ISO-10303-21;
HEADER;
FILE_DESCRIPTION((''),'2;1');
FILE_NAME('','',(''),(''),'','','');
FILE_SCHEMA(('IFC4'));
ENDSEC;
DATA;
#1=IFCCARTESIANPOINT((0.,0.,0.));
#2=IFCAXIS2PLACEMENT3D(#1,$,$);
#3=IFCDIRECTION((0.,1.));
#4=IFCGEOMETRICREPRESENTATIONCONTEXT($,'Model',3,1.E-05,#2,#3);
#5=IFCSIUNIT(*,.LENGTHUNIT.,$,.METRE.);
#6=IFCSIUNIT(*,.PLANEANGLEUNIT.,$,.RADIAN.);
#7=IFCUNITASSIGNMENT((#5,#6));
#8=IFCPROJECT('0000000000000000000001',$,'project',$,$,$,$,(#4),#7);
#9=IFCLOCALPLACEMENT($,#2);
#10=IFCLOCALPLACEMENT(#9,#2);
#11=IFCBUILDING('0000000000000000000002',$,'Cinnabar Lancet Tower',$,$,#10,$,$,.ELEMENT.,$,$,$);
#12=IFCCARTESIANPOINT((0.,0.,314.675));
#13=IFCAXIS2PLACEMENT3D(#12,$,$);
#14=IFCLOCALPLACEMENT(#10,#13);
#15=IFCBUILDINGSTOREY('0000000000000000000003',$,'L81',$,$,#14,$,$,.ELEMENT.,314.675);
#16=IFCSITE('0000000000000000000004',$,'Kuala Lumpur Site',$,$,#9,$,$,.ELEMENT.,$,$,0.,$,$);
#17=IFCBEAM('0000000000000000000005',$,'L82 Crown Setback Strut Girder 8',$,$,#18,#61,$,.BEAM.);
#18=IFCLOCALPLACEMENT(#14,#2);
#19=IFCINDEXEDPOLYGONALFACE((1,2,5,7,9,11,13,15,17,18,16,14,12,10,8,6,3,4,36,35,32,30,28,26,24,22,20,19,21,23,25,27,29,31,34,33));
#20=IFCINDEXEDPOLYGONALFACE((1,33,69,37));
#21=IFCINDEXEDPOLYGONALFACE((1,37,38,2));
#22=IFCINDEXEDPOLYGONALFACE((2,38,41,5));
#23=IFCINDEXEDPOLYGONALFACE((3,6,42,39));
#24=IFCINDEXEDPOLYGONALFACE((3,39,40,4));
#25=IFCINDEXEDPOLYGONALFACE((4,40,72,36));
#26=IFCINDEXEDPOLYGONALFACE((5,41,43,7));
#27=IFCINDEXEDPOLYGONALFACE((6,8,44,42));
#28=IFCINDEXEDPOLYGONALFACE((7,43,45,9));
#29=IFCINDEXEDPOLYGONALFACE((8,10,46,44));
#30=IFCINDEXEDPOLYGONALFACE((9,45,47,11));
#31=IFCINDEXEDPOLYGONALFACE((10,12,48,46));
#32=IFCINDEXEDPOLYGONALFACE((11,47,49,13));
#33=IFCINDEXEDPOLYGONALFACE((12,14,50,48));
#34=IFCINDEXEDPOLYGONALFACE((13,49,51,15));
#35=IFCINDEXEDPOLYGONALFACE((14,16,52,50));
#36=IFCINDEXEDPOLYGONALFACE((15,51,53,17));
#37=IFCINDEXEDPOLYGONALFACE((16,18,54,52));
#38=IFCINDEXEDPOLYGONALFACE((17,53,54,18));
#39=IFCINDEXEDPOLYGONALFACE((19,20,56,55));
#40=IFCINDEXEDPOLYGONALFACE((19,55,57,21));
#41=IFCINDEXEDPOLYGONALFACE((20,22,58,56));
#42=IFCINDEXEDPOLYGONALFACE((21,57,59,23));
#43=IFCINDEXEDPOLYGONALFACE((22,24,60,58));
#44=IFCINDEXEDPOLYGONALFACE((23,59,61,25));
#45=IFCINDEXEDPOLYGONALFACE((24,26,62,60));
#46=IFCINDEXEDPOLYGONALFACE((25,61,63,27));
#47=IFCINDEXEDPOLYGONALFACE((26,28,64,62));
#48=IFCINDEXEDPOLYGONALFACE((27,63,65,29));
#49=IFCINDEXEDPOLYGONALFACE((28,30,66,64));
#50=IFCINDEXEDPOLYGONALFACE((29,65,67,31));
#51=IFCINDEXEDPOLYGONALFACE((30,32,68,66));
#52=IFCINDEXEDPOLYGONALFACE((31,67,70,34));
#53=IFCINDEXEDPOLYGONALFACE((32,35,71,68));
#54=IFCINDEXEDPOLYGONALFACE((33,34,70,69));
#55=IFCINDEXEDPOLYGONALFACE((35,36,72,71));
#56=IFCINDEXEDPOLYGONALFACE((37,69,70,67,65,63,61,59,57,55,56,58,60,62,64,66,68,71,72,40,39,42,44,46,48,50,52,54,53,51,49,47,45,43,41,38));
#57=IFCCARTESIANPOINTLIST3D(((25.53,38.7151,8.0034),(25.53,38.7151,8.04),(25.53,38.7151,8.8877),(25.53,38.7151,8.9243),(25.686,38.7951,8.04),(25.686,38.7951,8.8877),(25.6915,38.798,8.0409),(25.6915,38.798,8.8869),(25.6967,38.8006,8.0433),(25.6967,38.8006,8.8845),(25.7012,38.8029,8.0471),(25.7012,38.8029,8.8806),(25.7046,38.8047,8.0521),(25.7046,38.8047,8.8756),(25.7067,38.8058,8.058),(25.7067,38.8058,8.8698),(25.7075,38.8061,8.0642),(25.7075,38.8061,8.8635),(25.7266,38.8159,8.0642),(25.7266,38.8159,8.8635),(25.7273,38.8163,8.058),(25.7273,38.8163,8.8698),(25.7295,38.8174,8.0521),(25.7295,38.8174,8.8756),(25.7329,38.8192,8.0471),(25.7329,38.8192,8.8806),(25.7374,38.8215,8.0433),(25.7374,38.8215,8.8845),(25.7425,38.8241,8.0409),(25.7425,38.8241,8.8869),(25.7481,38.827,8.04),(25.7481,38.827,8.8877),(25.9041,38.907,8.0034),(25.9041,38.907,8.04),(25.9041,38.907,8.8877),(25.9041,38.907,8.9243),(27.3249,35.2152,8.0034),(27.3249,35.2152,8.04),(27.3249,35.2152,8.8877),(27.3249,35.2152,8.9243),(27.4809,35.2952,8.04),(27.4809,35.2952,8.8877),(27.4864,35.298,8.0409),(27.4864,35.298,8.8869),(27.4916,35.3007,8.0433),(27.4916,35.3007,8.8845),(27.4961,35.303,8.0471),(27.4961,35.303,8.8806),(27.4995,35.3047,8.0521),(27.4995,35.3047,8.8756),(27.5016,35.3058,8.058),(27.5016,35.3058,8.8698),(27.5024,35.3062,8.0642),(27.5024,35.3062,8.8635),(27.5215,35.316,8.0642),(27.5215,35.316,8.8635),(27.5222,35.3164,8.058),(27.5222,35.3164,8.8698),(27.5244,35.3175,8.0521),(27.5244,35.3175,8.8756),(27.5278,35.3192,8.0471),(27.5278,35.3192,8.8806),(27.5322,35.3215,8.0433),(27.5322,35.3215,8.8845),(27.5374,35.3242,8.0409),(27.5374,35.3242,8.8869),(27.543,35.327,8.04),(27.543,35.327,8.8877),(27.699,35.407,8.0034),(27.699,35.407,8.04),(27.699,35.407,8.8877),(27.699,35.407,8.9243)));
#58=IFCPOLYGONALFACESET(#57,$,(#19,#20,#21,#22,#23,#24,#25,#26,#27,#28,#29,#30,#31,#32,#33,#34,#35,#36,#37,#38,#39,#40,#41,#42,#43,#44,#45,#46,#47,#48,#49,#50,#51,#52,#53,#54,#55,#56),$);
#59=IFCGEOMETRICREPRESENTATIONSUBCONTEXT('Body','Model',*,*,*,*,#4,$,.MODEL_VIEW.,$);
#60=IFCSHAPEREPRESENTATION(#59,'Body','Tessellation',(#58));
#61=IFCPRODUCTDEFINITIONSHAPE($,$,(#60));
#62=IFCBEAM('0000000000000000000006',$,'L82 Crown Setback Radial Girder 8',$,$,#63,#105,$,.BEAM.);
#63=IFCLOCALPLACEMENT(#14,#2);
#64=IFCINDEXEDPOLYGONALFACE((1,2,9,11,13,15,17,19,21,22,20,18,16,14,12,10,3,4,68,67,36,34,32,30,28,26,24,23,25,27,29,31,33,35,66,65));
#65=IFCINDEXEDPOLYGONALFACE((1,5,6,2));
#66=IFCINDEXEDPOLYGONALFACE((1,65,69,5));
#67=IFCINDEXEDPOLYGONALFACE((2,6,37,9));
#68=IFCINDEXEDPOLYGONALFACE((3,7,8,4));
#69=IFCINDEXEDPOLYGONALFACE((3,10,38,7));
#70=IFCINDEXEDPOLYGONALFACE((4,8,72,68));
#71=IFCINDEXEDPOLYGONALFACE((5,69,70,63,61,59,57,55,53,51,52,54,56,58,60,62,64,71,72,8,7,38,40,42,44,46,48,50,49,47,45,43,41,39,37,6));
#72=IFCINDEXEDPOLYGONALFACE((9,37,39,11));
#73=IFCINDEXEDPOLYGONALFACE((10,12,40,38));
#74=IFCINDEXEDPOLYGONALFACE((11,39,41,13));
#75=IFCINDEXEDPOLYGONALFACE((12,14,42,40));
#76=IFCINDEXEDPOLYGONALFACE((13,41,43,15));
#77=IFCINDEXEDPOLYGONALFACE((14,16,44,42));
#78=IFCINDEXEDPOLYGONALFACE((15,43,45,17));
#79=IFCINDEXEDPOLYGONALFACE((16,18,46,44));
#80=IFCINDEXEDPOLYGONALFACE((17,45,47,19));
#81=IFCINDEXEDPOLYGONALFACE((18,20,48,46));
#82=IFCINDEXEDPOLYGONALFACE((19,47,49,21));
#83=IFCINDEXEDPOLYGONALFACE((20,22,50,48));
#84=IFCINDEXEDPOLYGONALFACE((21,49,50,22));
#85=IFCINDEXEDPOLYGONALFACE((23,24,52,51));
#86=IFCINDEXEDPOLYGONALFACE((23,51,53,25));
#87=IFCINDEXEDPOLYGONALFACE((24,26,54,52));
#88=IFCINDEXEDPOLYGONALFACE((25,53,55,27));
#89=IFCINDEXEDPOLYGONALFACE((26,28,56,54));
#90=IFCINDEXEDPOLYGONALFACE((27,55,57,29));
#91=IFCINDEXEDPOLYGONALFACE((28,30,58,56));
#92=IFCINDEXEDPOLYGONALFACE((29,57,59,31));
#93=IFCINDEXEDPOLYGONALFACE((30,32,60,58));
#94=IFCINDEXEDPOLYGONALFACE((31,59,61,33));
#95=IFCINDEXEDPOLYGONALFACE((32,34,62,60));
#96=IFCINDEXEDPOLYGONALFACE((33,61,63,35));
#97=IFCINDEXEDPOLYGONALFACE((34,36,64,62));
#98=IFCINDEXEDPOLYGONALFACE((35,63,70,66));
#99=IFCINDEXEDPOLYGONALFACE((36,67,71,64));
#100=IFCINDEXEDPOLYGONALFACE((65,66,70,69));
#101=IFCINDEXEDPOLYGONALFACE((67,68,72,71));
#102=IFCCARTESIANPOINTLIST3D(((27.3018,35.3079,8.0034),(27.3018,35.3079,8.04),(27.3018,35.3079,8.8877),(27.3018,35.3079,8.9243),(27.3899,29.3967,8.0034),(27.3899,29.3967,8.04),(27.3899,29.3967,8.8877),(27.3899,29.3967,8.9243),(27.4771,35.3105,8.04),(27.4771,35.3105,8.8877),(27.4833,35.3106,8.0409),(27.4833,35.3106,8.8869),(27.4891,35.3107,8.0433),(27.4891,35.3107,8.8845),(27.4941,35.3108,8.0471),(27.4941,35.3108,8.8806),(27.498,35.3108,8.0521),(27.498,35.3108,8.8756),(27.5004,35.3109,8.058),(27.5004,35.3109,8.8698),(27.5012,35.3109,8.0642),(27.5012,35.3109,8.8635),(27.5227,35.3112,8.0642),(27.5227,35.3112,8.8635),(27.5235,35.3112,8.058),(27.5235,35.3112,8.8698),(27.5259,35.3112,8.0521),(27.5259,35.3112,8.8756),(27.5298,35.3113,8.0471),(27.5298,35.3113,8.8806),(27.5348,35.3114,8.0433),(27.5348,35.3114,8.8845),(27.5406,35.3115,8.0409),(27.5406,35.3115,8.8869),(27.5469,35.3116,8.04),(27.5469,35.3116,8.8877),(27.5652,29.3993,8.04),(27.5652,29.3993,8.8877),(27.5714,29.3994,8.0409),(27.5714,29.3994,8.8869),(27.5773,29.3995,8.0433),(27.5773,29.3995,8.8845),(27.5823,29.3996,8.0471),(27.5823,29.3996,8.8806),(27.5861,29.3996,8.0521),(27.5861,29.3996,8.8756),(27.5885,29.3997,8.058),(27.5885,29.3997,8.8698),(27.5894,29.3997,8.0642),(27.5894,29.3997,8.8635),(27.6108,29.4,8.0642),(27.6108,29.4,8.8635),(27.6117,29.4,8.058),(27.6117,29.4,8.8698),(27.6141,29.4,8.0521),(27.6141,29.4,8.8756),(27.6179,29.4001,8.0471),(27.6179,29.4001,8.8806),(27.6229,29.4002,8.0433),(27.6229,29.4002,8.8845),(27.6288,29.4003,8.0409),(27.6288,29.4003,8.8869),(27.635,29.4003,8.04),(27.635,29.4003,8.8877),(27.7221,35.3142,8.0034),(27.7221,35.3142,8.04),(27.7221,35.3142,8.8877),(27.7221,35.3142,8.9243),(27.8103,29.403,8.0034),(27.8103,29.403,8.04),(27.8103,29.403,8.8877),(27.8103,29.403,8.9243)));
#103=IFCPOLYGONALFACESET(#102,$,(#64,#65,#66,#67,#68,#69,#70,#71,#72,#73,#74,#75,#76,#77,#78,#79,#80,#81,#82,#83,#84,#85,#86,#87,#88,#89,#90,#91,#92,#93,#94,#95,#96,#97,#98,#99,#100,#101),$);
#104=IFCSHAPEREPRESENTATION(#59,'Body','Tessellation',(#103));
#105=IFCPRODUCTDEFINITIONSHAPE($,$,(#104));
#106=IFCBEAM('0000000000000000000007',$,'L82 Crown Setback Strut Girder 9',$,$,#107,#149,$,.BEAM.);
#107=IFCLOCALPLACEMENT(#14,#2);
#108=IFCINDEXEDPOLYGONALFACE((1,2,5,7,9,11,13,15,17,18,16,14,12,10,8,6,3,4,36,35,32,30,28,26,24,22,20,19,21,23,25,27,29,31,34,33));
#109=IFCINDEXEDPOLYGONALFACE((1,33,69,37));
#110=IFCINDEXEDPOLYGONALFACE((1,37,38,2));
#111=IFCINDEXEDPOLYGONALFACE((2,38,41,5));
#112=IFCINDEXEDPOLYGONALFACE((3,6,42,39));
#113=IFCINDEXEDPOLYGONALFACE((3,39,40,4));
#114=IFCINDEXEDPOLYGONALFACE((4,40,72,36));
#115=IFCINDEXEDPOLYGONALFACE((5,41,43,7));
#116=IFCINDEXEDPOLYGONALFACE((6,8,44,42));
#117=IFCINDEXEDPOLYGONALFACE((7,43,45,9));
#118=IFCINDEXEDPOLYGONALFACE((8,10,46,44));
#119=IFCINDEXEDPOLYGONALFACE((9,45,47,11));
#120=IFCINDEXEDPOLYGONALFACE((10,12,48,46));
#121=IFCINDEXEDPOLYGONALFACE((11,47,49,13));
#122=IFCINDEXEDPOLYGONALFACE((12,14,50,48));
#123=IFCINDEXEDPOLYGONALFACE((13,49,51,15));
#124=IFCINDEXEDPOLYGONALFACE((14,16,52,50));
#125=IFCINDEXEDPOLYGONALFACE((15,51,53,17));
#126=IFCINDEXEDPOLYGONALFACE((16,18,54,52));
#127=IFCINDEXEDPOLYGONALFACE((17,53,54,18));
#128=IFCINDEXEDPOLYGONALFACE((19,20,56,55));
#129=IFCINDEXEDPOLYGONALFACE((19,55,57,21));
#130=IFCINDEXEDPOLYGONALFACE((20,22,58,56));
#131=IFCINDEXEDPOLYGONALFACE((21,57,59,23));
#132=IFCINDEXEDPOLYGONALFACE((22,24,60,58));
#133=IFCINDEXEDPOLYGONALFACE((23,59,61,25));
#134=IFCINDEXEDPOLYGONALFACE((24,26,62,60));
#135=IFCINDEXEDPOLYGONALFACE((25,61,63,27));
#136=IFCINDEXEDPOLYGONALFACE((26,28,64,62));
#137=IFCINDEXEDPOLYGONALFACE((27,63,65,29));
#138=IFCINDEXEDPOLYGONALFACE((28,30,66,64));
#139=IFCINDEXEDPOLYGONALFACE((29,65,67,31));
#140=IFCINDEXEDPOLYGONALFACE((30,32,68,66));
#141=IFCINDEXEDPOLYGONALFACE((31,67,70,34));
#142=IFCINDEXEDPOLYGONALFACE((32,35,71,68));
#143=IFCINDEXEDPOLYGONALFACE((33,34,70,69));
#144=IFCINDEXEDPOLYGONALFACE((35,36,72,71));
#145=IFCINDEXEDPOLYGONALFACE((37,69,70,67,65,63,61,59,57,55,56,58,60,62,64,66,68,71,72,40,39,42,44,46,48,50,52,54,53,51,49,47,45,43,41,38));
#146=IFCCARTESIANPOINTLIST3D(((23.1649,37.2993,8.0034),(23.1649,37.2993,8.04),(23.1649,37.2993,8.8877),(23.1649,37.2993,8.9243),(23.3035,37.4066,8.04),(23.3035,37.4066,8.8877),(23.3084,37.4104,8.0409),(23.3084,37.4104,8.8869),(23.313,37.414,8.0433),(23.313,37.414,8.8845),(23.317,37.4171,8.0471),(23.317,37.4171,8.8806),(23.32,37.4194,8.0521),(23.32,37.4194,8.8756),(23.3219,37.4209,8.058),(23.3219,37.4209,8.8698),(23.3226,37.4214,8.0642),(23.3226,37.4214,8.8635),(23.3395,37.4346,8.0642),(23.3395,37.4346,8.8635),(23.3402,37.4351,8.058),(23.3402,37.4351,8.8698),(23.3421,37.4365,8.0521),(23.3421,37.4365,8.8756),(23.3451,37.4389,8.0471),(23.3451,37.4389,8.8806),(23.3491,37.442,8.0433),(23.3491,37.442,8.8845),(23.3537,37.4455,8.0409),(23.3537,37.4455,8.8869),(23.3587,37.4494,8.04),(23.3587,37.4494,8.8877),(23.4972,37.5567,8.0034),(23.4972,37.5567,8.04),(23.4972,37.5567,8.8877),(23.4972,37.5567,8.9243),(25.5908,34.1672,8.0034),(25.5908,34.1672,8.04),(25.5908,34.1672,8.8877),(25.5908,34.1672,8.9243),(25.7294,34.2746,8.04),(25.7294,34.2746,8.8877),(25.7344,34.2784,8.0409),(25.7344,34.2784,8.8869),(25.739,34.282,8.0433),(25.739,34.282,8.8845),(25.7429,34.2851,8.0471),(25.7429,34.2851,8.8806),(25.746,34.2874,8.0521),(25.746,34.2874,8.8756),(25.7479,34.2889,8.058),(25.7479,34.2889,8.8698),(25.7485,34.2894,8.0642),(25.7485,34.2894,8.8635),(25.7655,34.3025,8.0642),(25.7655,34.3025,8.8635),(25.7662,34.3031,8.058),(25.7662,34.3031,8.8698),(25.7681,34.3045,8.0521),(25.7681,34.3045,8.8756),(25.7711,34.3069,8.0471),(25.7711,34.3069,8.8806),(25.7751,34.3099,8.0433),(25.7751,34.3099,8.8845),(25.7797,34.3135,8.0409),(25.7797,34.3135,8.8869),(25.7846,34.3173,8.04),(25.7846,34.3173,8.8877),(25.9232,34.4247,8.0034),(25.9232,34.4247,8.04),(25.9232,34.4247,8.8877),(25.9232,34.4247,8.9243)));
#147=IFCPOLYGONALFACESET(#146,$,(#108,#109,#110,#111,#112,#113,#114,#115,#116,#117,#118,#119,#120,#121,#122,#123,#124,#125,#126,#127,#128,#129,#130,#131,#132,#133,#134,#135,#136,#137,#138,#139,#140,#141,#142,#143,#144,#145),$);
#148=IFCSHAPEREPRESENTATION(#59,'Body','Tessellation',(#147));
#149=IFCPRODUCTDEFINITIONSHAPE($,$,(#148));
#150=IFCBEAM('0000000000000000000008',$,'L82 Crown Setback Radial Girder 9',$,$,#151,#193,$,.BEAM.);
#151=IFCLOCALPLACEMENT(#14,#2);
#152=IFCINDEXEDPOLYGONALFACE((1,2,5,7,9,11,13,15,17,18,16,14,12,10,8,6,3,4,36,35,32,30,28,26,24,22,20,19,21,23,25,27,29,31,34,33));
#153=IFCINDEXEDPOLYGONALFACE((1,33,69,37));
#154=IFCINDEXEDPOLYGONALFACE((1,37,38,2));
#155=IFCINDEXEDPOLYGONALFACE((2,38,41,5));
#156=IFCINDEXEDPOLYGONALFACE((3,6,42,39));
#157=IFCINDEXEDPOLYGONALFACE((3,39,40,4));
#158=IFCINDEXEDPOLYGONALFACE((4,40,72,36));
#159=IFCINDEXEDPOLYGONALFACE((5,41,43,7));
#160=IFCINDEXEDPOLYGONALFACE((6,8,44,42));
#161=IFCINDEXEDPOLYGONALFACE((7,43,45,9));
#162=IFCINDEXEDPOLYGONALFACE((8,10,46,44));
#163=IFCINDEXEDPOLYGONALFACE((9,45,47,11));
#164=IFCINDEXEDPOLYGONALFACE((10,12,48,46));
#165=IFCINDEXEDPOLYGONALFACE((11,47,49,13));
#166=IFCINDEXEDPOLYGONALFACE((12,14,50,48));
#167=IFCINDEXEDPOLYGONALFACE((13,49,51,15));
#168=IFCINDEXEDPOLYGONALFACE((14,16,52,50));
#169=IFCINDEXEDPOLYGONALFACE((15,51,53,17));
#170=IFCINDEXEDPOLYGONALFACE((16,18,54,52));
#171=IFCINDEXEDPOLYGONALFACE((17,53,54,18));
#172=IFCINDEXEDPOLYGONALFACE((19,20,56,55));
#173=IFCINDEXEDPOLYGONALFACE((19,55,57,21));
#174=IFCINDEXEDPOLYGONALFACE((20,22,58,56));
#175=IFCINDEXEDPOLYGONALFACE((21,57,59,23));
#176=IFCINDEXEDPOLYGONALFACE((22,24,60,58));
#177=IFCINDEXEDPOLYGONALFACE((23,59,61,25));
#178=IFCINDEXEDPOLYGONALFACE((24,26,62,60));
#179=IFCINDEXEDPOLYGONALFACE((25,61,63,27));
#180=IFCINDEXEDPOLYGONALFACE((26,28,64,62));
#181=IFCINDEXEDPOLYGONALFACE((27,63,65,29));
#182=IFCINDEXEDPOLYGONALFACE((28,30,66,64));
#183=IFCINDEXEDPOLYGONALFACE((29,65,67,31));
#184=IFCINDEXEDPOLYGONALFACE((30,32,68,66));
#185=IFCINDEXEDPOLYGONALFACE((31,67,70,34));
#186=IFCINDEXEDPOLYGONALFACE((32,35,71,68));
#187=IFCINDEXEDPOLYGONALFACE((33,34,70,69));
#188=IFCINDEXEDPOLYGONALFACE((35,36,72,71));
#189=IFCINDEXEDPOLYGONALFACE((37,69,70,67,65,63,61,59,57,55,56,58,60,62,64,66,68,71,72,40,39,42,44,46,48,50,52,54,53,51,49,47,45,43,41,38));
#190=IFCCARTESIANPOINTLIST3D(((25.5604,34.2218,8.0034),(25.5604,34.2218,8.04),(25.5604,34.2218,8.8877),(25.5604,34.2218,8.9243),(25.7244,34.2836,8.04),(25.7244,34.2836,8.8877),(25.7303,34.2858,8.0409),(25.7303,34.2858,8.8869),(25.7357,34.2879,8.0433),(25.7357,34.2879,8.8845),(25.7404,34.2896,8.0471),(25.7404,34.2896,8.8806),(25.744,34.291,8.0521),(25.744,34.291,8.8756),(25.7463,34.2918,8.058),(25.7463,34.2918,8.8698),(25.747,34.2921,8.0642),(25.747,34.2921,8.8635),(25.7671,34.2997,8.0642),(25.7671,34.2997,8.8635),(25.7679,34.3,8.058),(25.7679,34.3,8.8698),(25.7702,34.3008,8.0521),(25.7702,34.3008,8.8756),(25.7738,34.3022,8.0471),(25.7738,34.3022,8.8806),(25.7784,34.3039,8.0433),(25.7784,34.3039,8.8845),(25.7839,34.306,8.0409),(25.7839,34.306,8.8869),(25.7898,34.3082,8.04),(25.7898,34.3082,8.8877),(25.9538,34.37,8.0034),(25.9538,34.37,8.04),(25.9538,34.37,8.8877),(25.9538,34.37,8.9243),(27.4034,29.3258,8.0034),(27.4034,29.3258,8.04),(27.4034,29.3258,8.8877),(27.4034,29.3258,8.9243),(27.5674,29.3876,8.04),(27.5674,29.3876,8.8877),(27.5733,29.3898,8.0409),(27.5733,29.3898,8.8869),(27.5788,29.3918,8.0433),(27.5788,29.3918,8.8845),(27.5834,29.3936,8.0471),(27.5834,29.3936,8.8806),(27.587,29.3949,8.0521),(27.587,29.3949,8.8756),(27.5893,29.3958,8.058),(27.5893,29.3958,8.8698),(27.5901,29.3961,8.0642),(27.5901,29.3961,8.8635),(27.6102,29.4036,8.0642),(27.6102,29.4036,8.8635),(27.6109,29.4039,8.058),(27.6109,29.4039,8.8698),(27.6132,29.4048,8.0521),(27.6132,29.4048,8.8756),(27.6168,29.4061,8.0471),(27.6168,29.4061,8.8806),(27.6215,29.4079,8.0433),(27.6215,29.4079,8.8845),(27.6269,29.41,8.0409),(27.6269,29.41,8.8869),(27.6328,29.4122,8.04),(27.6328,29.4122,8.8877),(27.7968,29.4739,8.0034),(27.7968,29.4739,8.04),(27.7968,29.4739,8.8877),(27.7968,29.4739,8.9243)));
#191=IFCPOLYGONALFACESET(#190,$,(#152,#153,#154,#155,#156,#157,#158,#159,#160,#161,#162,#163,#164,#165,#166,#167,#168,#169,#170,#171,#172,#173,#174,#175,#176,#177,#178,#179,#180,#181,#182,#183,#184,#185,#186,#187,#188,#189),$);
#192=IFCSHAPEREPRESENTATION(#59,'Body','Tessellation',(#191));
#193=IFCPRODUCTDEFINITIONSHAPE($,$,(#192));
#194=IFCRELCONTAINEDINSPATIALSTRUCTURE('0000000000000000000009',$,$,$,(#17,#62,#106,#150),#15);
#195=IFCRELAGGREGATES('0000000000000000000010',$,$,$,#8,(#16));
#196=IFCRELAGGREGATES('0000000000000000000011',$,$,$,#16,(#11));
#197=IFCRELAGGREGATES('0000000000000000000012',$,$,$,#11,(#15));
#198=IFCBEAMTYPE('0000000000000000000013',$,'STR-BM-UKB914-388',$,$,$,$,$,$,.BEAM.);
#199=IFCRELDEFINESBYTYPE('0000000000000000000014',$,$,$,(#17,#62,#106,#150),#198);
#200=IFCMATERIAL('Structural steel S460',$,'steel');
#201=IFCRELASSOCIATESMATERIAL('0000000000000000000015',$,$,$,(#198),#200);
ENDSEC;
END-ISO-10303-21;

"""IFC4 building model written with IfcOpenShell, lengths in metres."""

from ifc_helpers import new_model, si_unit, direction, frame, origin, origin_2d, place, context, subcontext, project, spatial, i_section, extrude, material, material_profile, profile_set, type_object, element, save


model = new_model("IFC4")

# Units and contexts
model_context = context("Model", 3, precision=1e-05, world=origin(), true_north=direction((0.0, 1.0)))
body_context = subcontext(model_context, "Body", "Model", "MODEL_VIEW")
ifc_project = project(units=[si_unit("LENGTHUNIT", "METRE"), si_unit("PLANEANGLEUNIT", "RADIAN")], contexts=[model_context])

# Site, building, storey
site_placement = place(None, origin())
site = spatial("IfcSite", under=ifc_project, at=site_placement, Name="Kuala Lumpur Site", CompositionType="ELEMENT", RefElevation=0.0)
building_placement = place(site_placement, origin())
building = spatial("IfcBuilding", under=site, at=building_placement, Name="Cinnabar Lancet Tower", CompositionType="ELEMENT")
storey_placement = place(building_placement, frame((0.0, 0.0, 314.675)))
storey = spatial("IfcBuildingStorey", under=building, at=storey_placement, Name="L81", CompositionType="ELEMENT", Elevation=314.675)

# Beams
ifc_material_1 = material(Name="Structural steel S460", Category="steel")
ifc_material_profile_1 = material_profile(ifc_material_1, i_section(OverallWidth=0.4204, OverallDepth=0.9209, WebThickness=0.0215, FlangeThickness=0.0366, FilletRadius=0.0242, at=origin_2d()), Name="UKB 914x419x388")
ifc_profile_set_1 = profile_set([ifc_material_profile_1], Name="Structural steel S460")
beam_type = type_object("IfcBeamType", Name="STR-BM-UKB914-388", PredefinedType="BEAM", material=ifc_profile_set_1)
beam_1_placement = place(storey_placement, frame((25.717, 38.811, 8.4639), z_axis=(0.456327, -0.889812, 0.0), x_axis=(0.889812, 0.456327, 0.0)))
element("IfcBeam", 1, at=beam_1_placement, inside=storey, type_object=beam_type, Name="L82 Crown Setback Strut Girder 8", PredefinedType="BEAM", context=body_context, shape_type="SweptSolid", body=[
    extrude(i_section(OverallWidth=0.4204, OverallDepth=0.9209, WebThickness=0.0215, FlangeThickness=0.0366, FilletRadius=0.0242, at=origin_2d()), origin(), (0.0, 0.0, 1.0), 3.9333),
])
beam_2_placement = place(storey_placement, frame((27.512, 35.311, 8.4639), z_axis=(0.014908, -0.999889, 0.0), x_axis=(0.999889, 0.014908, 0.0)))
element("IfcBeam", 2, at=beam_2_placement, inside=storey, type_object=beam_type, Name="L82 Crown Setback Radial Girder 8", PredefinedType="BEAM", context=body_context, shape_type="SweptSolid", body=[
    extrude(i_section(OverallWidth=0.4204, OverallDepth=0.9209, WebThickness=0.0215, FlangeThickness=0.0366, FilletRadius=0.0242, at=origin_2d()), origin(), (0.0, 0.0, 1.0), 5.9119),
])
beam_3_placement = place(storey_placement, frame((23.3311, 37.428, 8.4639), z_axis=(0.612361, -0.790578, 0.0), x_axis=(0.790578, 0.612361, 0.0)))
element("IfcBeam", 3, at=beam_3_placement, inside=storey, type_object=beam_type, Name="L82 Crown Setback Strut Girder 9", PredefinedType="BEAM", context=body_context, shape_type="SweptSolid", body=[
    extrude(i_section(OverallWidth=0.4204, OverallDepth=0.9209, WebThickness=0.0215, FlangeThickness=0.0366, FilletRadius=0.0242, at=origin_2d()), origin(), (0.0, 0.0, 1.0), 3.9617),
])
beam_4_placement = place(storey_placement, frame((25.7571, 34.2959, 8.4639), z_axis=(0.352299, -0.935887, 0.0), x_axis=(0.935887, 0.352299, 0.0)))
element("IfcBeam", 4, at=beam_4_placement, inside=storey, type_object=beam_type, Name="L82 Crown Setback Radial Girder 9", PredefinedType="BEAM", context=body_context, shape_type="SweptSolid", body=[
    extrude(i_section(OverallWidth=0.4204, OverallDepth=0.9209, WebThickness=0.0215, FlangeThickness=0.0366, FilletRadius=0.0242, at=origin_2d()), origin(), (0.0, 0.0, 1.0), 5.2314),
])

save(model, "model.ifc")
